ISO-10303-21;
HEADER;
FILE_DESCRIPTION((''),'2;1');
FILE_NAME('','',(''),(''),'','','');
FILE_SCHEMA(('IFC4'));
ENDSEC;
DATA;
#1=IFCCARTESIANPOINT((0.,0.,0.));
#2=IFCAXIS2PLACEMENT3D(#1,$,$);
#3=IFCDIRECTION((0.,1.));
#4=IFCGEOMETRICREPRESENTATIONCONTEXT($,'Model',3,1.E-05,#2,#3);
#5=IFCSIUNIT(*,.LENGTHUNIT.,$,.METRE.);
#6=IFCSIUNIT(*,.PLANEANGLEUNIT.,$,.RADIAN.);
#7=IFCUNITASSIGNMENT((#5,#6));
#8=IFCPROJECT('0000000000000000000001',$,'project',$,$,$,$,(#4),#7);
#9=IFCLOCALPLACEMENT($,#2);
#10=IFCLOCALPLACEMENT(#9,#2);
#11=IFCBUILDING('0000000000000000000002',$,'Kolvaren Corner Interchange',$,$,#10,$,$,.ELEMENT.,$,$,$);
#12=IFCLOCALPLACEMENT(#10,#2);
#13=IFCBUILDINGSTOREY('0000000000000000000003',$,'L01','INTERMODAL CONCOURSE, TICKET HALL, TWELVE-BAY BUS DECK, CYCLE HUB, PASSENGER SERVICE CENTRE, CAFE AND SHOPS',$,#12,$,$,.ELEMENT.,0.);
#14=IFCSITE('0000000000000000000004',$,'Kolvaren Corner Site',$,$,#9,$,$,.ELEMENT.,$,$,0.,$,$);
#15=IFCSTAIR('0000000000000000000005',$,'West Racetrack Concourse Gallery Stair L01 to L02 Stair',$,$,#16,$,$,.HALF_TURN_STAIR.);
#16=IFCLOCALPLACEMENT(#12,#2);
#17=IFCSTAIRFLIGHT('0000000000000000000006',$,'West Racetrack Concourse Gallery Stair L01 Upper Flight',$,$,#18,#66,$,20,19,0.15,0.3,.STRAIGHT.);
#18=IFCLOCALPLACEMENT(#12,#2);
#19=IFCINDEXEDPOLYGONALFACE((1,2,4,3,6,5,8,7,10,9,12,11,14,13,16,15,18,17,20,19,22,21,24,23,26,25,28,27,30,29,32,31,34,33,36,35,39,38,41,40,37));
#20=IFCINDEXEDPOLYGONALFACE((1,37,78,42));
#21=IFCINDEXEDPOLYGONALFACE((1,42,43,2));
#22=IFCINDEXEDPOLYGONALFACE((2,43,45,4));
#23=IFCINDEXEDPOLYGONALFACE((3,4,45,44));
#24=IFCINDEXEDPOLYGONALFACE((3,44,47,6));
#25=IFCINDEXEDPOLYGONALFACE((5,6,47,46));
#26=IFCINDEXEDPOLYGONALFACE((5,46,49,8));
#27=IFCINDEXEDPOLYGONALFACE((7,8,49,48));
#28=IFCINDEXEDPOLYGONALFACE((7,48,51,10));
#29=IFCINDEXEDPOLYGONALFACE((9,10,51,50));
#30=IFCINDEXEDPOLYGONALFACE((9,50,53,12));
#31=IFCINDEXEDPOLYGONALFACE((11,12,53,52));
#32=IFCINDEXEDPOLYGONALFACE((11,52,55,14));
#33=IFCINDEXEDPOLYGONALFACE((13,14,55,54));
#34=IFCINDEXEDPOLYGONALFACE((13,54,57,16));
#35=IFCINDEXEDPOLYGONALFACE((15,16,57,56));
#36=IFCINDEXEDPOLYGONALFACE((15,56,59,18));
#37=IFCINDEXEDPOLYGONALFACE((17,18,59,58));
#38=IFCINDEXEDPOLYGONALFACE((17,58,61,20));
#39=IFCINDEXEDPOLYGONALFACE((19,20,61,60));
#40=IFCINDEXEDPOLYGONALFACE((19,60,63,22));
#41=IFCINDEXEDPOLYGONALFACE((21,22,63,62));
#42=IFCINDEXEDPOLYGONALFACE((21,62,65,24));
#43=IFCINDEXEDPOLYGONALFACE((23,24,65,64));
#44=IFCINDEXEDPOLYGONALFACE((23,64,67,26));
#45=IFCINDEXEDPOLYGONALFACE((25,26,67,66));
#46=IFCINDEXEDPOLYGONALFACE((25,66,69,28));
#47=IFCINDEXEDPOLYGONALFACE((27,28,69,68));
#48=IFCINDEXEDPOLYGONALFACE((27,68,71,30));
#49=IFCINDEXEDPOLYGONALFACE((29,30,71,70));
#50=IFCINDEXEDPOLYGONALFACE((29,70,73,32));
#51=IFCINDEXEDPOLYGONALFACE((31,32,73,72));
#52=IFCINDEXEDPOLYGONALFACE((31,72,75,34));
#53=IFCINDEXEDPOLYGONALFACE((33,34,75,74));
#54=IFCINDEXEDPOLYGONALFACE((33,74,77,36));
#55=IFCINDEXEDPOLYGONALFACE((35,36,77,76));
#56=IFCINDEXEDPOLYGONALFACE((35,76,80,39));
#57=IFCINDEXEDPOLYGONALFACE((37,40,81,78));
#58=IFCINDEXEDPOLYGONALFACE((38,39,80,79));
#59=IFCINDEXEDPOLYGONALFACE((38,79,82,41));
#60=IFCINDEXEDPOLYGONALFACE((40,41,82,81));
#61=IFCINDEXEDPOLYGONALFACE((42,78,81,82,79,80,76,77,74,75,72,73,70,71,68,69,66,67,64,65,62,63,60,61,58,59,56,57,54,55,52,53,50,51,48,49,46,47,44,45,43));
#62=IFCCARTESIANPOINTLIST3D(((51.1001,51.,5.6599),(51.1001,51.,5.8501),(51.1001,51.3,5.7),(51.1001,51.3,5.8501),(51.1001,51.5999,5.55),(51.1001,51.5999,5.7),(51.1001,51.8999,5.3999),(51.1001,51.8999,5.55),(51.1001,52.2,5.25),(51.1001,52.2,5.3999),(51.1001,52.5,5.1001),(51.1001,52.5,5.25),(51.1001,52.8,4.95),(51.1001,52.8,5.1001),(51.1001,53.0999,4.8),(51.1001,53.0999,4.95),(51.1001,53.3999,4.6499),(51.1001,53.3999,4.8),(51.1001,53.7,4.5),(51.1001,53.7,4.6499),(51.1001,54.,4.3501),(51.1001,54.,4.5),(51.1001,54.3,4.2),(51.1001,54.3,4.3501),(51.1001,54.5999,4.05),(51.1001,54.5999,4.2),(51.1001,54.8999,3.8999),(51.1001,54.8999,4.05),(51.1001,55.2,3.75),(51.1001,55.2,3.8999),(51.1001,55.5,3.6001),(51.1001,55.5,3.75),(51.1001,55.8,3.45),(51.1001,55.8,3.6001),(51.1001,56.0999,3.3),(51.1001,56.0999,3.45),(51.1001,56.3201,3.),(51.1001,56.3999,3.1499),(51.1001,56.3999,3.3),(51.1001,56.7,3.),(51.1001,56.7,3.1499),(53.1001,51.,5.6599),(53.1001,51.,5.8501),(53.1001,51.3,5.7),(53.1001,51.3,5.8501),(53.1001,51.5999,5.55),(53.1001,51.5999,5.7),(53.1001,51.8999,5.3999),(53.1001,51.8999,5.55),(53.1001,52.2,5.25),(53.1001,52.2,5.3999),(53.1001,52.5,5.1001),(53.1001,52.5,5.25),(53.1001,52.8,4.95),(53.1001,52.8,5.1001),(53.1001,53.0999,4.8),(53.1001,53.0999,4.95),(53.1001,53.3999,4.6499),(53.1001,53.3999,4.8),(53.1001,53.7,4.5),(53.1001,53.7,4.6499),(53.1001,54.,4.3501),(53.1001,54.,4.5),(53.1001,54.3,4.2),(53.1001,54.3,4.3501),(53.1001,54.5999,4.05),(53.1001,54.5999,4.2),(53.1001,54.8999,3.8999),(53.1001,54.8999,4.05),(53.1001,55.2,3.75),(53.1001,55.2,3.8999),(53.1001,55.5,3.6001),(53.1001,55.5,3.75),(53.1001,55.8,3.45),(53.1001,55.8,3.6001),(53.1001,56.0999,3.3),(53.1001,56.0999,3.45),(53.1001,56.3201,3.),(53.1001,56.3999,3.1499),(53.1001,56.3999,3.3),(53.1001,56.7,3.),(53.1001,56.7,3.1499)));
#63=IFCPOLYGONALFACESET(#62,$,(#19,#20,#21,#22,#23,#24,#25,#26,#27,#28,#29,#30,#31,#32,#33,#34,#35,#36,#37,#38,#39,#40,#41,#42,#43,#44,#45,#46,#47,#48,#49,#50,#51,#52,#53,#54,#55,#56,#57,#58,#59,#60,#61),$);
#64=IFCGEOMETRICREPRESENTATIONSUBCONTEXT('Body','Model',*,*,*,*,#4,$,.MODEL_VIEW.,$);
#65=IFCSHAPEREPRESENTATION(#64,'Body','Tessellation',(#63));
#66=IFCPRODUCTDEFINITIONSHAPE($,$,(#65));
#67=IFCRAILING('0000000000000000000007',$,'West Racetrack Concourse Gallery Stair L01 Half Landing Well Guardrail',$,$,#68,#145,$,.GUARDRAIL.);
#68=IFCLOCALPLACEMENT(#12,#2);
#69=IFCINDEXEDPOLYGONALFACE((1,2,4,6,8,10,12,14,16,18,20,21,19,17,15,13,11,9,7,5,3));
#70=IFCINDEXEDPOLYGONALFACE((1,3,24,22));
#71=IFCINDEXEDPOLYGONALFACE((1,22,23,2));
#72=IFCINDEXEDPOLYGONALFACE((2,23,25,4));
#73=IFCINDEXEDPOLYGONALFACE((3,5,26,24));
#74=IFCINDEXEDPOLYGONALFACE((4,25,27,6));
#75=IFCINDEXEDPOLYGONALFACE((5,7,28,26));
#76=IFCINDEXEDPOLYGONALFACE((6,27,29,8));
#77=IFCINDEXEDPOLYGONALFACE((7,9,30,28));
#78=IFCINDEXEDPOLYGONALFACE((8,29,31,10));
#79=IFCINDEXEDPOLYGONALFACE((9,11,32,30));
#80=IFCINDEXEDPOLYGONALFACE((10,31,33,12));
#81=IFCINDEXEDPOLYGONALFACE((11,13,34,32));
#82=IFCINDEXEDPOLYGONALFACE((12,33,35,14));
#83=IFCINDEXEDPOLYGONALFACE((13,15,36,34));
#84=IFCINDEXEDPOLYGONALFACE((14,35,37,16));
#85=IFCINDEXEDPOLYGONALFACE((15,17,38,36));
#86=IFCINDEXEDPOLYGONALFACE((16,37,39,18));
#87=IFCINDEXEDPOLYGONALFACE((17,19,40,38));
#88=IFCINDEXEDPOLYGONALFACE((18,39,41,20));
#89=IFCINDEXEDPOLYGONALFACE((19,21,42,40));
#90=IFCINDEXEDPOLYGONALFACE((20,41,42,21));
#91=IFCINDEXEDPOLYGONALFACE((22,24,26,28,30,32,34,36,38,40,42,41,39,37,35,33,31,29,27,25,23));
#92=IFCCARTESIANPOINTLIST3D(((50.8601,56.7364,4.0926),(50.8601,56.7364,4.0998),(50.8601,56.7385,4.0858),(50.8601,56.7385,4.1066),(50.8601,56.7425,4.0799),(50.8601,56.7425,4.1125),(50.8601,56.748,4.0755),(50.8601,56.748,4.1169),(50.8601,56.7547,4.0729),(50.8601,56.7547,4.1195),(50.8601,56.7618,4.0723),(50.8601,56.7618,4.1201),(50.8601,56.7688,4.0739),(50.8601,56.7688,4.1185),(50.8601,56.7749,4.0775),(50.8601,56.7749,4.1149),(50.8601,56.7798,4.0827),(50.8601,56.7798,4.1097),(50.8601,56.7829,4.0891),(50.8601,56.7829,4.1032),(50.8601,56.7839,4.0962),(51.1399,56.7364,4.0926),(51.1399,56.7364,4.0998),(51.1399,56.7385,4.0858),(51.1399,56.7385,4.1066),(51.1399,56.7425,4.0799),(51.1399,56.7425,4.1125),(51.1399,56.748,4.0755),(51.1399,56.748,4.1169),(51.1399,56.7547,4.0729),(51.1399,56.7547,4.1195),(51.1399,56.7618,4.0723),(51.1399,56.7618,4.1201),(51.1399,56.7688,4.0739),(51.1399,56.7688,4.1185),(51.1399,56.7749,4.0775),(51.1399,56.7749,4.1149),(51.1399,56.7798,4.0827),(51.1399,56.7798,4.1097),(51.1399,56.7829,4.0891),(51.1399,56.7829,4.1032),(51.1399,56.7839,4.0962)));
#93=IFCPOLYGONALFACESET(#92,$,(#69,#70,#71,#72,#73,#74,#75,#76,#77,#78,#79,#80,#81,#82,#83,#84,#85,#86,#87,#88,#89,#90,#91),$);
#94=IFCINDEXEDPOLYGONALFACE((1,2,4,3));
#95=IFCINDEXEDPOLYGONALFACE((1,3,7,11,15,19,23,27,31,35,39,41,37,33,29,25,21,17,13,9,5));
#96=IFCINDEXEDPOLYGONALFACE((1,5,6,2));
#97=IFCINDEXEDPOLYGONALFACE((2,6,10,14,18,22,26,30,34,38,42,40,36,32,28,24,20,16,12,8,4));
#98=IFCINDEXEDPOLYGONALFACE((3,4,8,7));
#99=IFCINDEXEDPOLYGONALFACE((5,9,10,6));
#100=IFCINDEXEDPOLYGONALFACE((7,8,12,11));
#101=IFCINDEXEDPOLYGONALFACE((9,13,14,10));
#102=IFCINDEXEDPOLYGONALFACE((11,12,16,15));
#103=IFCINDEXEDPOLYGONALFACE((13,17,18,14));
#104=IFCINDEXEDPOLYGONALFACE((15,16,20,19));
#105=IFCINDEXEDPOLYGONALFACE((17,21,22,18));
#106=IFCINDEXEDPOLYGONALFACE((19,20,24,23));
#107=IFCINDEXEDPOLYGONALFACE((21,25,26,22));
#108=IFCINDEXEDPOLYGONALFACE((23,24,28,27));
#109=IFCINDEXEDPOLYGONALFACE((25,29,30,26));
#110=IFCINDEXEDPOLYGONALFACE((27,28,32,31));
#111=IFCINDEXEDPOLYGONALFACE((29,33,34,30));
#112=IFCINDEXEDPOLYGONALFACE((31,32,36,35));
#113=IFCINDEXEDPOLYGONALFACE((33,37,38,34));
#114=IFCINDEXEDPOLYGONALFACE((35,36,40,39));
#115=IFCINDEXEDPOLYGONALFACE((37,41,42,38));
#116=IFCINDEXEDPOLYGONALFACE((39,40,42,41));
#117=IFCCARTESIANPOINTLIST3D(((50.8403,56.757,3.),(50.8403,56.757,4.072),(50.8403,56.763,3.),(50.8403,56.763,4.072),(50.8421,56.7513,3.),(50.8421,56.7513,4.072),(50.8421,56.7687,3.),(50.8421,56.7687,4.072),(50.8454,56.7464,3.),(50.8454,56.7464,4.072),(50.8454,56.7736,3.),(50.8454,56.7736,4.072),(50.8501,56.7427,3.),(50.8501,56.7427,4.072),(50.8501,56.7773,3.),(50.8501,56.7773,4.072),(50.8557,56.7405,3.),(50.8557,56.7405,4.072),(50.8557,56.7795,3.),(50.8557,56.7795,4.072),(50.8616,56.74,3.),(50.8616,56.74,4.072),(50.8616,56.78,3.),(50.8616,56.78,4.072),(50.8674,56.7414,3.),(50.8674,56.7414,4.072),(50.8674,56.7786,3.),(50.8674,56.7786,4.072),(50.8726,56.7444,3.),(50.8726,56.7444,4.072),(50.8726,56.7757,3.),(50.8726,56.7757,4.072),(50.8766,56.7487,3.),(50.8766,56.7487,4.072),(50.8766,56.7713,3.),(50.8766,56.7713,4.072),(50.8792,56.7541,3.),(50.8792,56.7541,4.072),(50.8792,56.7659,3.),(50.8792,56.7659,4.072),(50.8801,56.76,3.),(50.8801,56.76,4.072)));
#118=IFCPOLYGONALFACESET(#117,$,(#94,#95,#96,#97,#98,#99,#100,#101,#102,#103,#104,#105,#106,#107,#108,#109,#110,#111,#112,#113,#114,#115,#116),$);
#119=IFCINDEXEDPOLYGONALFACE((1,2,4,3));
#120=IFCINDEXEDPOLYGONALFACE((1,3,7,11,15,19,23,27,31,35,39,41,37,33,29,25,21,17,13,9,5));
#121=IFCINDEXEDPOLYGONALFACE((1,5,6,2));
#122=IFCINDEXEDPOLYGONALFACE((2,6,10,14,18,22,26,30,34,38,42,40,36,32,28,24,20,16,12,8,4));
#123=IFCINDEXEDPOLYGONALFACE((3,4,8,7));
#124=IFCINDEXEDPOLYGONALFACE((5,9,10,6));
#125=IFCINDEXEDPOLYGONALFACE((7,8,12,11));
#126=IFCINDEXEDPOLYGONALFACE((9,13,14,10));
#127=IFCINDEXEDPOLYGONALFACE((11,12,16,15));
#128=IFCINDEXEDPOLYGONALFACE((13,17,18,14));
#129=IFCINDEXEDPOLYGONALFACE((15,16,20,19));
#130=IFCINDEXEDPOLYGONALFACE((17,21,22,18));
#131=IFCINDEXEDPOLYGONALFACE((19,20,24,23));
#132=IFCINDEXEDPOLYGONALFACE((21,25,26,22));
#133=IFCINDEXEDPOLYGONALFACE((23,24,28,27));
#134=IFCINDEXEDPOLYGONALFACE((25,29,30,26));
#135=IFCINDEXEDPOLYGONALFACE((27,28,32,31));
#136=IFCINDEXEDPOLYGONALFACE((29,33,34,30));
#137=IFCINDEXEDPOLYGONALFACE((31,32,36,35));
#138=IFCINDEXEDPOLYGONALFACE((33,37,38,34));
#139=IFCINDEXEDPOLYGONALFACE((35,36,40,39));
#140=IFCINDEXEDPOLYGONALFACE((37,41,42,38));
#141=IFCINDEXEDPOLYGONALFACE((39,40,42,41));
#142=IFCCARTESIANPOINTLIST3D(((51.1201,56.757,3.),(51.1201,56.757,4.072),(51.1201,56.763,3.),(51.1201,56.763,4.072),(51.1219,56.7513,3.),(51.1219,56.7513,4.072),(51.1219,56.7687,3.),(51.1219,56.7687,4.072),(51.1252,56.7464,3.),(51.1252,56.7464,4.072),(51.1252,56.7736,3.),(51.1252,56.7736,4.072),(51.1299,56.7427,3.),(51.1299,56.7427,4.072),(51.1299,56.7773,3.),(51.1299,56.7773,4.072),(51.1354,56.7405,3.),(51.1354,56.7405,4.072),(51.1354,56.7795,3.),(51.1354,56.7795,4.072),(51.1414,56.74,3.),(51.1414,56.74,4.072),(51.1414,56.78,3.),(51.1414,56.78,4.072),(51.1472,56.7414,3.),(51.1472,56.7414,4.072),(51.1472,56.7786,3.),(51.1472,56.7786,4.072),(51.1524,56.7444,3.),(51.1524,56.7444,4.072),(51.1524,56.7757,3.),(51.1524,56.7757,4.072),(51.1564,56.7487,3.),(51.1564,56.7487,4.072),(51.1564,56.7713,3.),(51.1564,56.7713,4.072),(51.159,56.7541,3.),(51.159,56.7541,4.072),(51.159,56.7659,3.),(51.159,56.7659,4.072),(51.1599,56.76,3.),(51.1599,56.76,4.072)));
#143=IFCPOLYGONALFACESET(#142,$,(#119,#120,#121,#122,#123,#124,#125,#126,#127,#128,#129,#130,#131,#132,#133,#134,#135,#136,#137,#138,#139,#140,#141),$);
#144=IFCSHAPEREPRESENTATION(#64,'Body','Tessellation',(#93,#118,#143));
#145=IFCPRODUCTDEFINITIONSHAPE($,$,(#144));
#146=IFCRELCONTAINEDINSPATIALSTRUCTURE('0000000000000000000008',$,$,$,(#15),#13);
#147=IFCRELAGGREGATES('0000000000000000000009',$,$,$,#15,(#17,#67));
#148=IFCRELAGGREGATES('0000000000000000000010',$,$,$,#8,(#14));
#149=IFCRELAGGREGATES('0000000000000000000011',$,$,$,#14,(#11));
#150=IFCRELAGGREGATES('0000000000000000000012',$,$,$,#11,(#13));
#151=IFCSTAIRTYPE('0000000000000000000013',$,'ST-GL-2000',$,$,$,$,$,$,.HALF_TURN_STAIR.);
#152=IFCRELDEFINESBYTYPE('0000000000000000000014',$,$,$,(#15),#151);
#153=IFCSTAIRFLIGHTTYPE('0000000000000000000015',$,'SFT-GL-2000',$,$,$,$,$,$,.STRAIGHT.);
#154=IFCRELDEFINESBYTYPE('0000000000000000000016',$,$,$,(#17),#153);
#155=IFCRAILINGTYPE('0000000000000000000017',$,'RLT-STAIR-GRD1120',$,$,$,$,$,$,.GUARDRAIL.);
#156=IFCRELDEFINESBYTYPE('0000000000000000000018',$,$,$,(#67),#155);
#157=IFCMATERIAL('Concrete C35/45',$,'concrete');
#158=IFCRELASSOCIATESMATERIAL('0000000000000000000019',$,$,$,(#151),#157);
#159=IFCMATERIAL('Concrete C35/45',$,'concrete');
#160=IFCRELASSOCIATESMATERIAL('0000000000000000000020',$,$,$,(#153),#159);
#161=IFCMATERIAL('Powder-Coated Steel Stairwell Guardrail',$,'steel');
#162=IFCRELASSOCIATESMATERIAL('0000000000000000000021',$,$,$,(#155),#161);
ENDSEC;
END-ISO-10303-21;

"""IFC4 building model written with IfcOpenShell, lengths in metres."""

from ifc_helpers import new_model, si_unit, direction, frame, origin, origin_2d, place, context, subcontext, project, spatial, polyline, circle, outline, extrude, material, type_object, element, aggregate, save


model = new_model("IFC4")

# Units and contexts
model_context = context("Model", 3, precision=1e-05, world=origin(), true_north=direction((0.0, 1.0)))
body_context = subcontext(model_context, "Body", "Model", "MODEL_VIEW")
ifc_project = project(units=[si_unit("LENGTHUNIT", "METRE"), si_unit("PLANEANGLEUNIT", "RADIAN")], contexts=[model_context])

# Site, building, storey
site_placement = place(None, origin())
site = spatial("IfcSite", under=ifc_project, at=site_placement, Name="Kolvaren Corner Site", CompositionType="ELEMENT", RefElevation=0.0)
building_placement = place(site_placement, origin())
building = spatial("IfcBuilding", under=site, at=building_placement, Name="Kolvaren Corner Interchange", CompositionType="ELEMENT")
storey_placement = place(building_placement, origin())
storey = spatial("IfcBuildingStorey", under=building, at=storey_placement, Name="L01", Description="INTERMODAL CONCOURSE, TICKET HALL, TWELVE-BAY BUS DECK, CYCLE HUB, PASSENGER SERVICE CENTRE, CAFE AND SHOPS", CompositionType="ELEMENT", Elevation=0.0)

# Stair, stair flight, railing
ifc_material_1 = material(Name="Concrete C35/45", Category="concrete")
stair_type = type_object("IfcStairType", Name="ST-GL-2000", PredefinedType="HALF_TURN_STAIR", material=ifc_material_1)
stair_placement = place(storey_placement, origin())
stair = element("IfcStair", 1, at=stair_placement, inside=storey, type_object=stair_type, Name="West Racetrack Concourse Gallery Stair L01 to L02 Stair", PredefinedType="HALF_TURN_STAIR")
ifc_material_2 = material(Name="Concrete C35/45", Category="concrete")
stair_flight_type = type_object("IfcStairFlightType", Name="SFT-GL-2000", PredefinedType="STRAIGHT", material=ifc_material_2)
stair_flight_placement = place(storey_placement, frame((52.1001, 56.7, 3.0), z_axis=(0.0, 0.0, 1.0), x_axis=(0.0, -1.0, 0.0)))
stair_flight = element("IfcStairFlight", 2, at=stair_flight_placement, type_object=stair_flight_type, Name="West Racetrack Concourse Gallery Stair L01 Upper Flight", NumberOfRisers=20, NumberOfTreads=19, PredefinedType="STRAIGHT", RiserHeight=0.15, TreadLength=0.3, context=body_context, shape_type="SweptSolid", body=[
    extrude(outline(polyline([(0.0, 0.0), (0.0, 0.1499), (0.3, 0.1499), (0.3, 0.3), (0.6001, 0.3), (0.6001, 0.45), (0.8999, 0.45), (0.8999, 0.6001), (1.2, 0.6001), (1.2, 0.75), (1.5, 0.75), (1.5, 0.8999), (1.8, 0.8999), (1.8, 1.05), (2.1001, 1.05), (2.1001, 1.2), (2.3999, 1.2), (2.3999, 1.3501), (2.7, 1.3501), (2.7, 1.5), (3.0, 1.5), (3.0, 1.6499), (3.3, 1.6499), (3.3, 1.8), (3.6001, 1.8), (3.6001, 1.95), (3.8999, 1.95), (3.8999, 2.1001), (4.2, 2.1001), (4.2, 2.25), (4.5, 2.25), (4.5, 2.3999), (4.8, 2.3999), (4.8, 2.55), (5.1001, 2.55), (5.1001, 2.7), (5.3999, 2.7), (5.3999, 2.8501), (5.7, 2.8501), (5.7, 3.0), (5.7, 2.6599), (0.3799, 0.0), (0.0, 0.0)])), frame((0.0, 1.0, 0.0), z_axis=(0.0, -1.0, 0.0), x_axis=(1.0, 0.0, 0.0)), (0.0, 0.0, 1.0), 2.0),
])
ifc_material_3 = material(Name="Powder-Coated Steel Stairwell Guardrail", Category="steel")
railing_type_1 = type_object("IfcRailingType", Name="RLT-STAIR-GRD1120", PredefinedType="GUARDRAIL", material=ifc_material_3)
railing_1_placement = place(storey_placement, frame((50.8601, 56.76, 3.0)))
railing_1 = element("IfcRailing", 3, at=railing_1_placement, type_object=railing_type_1, Name="West Racetrack Concourse Gallery Stair L01 Half Landing Well Guardrail", PredefinedType="GUARDRAIL", context=body_context, shape_type="SweptSolid", body=[
    extrude(circle(Radius=0.0239, at=origin_2d()), frame((0.0, 0.0, 1.0962), z_axis=(1.0, 0.0, 0.0), x_axis=(0.0, 1.0, 0.0)), (0.0, 0.0, 1.0), 0.2798),
    extrude(circle(Radius=0.02, at=origin_2d()), origin(), (0.0, 0.0, 1.0), 1.072),
    extrude(circle(Radius=0.02, at=origin_2d()), frame((0.2798, 0.0, 0.0)), (0.0, 0.0, 1.0), 1.072),
])
aggregate(stair, [stair_flight, railing_1])

save(model, "model.ifc")
